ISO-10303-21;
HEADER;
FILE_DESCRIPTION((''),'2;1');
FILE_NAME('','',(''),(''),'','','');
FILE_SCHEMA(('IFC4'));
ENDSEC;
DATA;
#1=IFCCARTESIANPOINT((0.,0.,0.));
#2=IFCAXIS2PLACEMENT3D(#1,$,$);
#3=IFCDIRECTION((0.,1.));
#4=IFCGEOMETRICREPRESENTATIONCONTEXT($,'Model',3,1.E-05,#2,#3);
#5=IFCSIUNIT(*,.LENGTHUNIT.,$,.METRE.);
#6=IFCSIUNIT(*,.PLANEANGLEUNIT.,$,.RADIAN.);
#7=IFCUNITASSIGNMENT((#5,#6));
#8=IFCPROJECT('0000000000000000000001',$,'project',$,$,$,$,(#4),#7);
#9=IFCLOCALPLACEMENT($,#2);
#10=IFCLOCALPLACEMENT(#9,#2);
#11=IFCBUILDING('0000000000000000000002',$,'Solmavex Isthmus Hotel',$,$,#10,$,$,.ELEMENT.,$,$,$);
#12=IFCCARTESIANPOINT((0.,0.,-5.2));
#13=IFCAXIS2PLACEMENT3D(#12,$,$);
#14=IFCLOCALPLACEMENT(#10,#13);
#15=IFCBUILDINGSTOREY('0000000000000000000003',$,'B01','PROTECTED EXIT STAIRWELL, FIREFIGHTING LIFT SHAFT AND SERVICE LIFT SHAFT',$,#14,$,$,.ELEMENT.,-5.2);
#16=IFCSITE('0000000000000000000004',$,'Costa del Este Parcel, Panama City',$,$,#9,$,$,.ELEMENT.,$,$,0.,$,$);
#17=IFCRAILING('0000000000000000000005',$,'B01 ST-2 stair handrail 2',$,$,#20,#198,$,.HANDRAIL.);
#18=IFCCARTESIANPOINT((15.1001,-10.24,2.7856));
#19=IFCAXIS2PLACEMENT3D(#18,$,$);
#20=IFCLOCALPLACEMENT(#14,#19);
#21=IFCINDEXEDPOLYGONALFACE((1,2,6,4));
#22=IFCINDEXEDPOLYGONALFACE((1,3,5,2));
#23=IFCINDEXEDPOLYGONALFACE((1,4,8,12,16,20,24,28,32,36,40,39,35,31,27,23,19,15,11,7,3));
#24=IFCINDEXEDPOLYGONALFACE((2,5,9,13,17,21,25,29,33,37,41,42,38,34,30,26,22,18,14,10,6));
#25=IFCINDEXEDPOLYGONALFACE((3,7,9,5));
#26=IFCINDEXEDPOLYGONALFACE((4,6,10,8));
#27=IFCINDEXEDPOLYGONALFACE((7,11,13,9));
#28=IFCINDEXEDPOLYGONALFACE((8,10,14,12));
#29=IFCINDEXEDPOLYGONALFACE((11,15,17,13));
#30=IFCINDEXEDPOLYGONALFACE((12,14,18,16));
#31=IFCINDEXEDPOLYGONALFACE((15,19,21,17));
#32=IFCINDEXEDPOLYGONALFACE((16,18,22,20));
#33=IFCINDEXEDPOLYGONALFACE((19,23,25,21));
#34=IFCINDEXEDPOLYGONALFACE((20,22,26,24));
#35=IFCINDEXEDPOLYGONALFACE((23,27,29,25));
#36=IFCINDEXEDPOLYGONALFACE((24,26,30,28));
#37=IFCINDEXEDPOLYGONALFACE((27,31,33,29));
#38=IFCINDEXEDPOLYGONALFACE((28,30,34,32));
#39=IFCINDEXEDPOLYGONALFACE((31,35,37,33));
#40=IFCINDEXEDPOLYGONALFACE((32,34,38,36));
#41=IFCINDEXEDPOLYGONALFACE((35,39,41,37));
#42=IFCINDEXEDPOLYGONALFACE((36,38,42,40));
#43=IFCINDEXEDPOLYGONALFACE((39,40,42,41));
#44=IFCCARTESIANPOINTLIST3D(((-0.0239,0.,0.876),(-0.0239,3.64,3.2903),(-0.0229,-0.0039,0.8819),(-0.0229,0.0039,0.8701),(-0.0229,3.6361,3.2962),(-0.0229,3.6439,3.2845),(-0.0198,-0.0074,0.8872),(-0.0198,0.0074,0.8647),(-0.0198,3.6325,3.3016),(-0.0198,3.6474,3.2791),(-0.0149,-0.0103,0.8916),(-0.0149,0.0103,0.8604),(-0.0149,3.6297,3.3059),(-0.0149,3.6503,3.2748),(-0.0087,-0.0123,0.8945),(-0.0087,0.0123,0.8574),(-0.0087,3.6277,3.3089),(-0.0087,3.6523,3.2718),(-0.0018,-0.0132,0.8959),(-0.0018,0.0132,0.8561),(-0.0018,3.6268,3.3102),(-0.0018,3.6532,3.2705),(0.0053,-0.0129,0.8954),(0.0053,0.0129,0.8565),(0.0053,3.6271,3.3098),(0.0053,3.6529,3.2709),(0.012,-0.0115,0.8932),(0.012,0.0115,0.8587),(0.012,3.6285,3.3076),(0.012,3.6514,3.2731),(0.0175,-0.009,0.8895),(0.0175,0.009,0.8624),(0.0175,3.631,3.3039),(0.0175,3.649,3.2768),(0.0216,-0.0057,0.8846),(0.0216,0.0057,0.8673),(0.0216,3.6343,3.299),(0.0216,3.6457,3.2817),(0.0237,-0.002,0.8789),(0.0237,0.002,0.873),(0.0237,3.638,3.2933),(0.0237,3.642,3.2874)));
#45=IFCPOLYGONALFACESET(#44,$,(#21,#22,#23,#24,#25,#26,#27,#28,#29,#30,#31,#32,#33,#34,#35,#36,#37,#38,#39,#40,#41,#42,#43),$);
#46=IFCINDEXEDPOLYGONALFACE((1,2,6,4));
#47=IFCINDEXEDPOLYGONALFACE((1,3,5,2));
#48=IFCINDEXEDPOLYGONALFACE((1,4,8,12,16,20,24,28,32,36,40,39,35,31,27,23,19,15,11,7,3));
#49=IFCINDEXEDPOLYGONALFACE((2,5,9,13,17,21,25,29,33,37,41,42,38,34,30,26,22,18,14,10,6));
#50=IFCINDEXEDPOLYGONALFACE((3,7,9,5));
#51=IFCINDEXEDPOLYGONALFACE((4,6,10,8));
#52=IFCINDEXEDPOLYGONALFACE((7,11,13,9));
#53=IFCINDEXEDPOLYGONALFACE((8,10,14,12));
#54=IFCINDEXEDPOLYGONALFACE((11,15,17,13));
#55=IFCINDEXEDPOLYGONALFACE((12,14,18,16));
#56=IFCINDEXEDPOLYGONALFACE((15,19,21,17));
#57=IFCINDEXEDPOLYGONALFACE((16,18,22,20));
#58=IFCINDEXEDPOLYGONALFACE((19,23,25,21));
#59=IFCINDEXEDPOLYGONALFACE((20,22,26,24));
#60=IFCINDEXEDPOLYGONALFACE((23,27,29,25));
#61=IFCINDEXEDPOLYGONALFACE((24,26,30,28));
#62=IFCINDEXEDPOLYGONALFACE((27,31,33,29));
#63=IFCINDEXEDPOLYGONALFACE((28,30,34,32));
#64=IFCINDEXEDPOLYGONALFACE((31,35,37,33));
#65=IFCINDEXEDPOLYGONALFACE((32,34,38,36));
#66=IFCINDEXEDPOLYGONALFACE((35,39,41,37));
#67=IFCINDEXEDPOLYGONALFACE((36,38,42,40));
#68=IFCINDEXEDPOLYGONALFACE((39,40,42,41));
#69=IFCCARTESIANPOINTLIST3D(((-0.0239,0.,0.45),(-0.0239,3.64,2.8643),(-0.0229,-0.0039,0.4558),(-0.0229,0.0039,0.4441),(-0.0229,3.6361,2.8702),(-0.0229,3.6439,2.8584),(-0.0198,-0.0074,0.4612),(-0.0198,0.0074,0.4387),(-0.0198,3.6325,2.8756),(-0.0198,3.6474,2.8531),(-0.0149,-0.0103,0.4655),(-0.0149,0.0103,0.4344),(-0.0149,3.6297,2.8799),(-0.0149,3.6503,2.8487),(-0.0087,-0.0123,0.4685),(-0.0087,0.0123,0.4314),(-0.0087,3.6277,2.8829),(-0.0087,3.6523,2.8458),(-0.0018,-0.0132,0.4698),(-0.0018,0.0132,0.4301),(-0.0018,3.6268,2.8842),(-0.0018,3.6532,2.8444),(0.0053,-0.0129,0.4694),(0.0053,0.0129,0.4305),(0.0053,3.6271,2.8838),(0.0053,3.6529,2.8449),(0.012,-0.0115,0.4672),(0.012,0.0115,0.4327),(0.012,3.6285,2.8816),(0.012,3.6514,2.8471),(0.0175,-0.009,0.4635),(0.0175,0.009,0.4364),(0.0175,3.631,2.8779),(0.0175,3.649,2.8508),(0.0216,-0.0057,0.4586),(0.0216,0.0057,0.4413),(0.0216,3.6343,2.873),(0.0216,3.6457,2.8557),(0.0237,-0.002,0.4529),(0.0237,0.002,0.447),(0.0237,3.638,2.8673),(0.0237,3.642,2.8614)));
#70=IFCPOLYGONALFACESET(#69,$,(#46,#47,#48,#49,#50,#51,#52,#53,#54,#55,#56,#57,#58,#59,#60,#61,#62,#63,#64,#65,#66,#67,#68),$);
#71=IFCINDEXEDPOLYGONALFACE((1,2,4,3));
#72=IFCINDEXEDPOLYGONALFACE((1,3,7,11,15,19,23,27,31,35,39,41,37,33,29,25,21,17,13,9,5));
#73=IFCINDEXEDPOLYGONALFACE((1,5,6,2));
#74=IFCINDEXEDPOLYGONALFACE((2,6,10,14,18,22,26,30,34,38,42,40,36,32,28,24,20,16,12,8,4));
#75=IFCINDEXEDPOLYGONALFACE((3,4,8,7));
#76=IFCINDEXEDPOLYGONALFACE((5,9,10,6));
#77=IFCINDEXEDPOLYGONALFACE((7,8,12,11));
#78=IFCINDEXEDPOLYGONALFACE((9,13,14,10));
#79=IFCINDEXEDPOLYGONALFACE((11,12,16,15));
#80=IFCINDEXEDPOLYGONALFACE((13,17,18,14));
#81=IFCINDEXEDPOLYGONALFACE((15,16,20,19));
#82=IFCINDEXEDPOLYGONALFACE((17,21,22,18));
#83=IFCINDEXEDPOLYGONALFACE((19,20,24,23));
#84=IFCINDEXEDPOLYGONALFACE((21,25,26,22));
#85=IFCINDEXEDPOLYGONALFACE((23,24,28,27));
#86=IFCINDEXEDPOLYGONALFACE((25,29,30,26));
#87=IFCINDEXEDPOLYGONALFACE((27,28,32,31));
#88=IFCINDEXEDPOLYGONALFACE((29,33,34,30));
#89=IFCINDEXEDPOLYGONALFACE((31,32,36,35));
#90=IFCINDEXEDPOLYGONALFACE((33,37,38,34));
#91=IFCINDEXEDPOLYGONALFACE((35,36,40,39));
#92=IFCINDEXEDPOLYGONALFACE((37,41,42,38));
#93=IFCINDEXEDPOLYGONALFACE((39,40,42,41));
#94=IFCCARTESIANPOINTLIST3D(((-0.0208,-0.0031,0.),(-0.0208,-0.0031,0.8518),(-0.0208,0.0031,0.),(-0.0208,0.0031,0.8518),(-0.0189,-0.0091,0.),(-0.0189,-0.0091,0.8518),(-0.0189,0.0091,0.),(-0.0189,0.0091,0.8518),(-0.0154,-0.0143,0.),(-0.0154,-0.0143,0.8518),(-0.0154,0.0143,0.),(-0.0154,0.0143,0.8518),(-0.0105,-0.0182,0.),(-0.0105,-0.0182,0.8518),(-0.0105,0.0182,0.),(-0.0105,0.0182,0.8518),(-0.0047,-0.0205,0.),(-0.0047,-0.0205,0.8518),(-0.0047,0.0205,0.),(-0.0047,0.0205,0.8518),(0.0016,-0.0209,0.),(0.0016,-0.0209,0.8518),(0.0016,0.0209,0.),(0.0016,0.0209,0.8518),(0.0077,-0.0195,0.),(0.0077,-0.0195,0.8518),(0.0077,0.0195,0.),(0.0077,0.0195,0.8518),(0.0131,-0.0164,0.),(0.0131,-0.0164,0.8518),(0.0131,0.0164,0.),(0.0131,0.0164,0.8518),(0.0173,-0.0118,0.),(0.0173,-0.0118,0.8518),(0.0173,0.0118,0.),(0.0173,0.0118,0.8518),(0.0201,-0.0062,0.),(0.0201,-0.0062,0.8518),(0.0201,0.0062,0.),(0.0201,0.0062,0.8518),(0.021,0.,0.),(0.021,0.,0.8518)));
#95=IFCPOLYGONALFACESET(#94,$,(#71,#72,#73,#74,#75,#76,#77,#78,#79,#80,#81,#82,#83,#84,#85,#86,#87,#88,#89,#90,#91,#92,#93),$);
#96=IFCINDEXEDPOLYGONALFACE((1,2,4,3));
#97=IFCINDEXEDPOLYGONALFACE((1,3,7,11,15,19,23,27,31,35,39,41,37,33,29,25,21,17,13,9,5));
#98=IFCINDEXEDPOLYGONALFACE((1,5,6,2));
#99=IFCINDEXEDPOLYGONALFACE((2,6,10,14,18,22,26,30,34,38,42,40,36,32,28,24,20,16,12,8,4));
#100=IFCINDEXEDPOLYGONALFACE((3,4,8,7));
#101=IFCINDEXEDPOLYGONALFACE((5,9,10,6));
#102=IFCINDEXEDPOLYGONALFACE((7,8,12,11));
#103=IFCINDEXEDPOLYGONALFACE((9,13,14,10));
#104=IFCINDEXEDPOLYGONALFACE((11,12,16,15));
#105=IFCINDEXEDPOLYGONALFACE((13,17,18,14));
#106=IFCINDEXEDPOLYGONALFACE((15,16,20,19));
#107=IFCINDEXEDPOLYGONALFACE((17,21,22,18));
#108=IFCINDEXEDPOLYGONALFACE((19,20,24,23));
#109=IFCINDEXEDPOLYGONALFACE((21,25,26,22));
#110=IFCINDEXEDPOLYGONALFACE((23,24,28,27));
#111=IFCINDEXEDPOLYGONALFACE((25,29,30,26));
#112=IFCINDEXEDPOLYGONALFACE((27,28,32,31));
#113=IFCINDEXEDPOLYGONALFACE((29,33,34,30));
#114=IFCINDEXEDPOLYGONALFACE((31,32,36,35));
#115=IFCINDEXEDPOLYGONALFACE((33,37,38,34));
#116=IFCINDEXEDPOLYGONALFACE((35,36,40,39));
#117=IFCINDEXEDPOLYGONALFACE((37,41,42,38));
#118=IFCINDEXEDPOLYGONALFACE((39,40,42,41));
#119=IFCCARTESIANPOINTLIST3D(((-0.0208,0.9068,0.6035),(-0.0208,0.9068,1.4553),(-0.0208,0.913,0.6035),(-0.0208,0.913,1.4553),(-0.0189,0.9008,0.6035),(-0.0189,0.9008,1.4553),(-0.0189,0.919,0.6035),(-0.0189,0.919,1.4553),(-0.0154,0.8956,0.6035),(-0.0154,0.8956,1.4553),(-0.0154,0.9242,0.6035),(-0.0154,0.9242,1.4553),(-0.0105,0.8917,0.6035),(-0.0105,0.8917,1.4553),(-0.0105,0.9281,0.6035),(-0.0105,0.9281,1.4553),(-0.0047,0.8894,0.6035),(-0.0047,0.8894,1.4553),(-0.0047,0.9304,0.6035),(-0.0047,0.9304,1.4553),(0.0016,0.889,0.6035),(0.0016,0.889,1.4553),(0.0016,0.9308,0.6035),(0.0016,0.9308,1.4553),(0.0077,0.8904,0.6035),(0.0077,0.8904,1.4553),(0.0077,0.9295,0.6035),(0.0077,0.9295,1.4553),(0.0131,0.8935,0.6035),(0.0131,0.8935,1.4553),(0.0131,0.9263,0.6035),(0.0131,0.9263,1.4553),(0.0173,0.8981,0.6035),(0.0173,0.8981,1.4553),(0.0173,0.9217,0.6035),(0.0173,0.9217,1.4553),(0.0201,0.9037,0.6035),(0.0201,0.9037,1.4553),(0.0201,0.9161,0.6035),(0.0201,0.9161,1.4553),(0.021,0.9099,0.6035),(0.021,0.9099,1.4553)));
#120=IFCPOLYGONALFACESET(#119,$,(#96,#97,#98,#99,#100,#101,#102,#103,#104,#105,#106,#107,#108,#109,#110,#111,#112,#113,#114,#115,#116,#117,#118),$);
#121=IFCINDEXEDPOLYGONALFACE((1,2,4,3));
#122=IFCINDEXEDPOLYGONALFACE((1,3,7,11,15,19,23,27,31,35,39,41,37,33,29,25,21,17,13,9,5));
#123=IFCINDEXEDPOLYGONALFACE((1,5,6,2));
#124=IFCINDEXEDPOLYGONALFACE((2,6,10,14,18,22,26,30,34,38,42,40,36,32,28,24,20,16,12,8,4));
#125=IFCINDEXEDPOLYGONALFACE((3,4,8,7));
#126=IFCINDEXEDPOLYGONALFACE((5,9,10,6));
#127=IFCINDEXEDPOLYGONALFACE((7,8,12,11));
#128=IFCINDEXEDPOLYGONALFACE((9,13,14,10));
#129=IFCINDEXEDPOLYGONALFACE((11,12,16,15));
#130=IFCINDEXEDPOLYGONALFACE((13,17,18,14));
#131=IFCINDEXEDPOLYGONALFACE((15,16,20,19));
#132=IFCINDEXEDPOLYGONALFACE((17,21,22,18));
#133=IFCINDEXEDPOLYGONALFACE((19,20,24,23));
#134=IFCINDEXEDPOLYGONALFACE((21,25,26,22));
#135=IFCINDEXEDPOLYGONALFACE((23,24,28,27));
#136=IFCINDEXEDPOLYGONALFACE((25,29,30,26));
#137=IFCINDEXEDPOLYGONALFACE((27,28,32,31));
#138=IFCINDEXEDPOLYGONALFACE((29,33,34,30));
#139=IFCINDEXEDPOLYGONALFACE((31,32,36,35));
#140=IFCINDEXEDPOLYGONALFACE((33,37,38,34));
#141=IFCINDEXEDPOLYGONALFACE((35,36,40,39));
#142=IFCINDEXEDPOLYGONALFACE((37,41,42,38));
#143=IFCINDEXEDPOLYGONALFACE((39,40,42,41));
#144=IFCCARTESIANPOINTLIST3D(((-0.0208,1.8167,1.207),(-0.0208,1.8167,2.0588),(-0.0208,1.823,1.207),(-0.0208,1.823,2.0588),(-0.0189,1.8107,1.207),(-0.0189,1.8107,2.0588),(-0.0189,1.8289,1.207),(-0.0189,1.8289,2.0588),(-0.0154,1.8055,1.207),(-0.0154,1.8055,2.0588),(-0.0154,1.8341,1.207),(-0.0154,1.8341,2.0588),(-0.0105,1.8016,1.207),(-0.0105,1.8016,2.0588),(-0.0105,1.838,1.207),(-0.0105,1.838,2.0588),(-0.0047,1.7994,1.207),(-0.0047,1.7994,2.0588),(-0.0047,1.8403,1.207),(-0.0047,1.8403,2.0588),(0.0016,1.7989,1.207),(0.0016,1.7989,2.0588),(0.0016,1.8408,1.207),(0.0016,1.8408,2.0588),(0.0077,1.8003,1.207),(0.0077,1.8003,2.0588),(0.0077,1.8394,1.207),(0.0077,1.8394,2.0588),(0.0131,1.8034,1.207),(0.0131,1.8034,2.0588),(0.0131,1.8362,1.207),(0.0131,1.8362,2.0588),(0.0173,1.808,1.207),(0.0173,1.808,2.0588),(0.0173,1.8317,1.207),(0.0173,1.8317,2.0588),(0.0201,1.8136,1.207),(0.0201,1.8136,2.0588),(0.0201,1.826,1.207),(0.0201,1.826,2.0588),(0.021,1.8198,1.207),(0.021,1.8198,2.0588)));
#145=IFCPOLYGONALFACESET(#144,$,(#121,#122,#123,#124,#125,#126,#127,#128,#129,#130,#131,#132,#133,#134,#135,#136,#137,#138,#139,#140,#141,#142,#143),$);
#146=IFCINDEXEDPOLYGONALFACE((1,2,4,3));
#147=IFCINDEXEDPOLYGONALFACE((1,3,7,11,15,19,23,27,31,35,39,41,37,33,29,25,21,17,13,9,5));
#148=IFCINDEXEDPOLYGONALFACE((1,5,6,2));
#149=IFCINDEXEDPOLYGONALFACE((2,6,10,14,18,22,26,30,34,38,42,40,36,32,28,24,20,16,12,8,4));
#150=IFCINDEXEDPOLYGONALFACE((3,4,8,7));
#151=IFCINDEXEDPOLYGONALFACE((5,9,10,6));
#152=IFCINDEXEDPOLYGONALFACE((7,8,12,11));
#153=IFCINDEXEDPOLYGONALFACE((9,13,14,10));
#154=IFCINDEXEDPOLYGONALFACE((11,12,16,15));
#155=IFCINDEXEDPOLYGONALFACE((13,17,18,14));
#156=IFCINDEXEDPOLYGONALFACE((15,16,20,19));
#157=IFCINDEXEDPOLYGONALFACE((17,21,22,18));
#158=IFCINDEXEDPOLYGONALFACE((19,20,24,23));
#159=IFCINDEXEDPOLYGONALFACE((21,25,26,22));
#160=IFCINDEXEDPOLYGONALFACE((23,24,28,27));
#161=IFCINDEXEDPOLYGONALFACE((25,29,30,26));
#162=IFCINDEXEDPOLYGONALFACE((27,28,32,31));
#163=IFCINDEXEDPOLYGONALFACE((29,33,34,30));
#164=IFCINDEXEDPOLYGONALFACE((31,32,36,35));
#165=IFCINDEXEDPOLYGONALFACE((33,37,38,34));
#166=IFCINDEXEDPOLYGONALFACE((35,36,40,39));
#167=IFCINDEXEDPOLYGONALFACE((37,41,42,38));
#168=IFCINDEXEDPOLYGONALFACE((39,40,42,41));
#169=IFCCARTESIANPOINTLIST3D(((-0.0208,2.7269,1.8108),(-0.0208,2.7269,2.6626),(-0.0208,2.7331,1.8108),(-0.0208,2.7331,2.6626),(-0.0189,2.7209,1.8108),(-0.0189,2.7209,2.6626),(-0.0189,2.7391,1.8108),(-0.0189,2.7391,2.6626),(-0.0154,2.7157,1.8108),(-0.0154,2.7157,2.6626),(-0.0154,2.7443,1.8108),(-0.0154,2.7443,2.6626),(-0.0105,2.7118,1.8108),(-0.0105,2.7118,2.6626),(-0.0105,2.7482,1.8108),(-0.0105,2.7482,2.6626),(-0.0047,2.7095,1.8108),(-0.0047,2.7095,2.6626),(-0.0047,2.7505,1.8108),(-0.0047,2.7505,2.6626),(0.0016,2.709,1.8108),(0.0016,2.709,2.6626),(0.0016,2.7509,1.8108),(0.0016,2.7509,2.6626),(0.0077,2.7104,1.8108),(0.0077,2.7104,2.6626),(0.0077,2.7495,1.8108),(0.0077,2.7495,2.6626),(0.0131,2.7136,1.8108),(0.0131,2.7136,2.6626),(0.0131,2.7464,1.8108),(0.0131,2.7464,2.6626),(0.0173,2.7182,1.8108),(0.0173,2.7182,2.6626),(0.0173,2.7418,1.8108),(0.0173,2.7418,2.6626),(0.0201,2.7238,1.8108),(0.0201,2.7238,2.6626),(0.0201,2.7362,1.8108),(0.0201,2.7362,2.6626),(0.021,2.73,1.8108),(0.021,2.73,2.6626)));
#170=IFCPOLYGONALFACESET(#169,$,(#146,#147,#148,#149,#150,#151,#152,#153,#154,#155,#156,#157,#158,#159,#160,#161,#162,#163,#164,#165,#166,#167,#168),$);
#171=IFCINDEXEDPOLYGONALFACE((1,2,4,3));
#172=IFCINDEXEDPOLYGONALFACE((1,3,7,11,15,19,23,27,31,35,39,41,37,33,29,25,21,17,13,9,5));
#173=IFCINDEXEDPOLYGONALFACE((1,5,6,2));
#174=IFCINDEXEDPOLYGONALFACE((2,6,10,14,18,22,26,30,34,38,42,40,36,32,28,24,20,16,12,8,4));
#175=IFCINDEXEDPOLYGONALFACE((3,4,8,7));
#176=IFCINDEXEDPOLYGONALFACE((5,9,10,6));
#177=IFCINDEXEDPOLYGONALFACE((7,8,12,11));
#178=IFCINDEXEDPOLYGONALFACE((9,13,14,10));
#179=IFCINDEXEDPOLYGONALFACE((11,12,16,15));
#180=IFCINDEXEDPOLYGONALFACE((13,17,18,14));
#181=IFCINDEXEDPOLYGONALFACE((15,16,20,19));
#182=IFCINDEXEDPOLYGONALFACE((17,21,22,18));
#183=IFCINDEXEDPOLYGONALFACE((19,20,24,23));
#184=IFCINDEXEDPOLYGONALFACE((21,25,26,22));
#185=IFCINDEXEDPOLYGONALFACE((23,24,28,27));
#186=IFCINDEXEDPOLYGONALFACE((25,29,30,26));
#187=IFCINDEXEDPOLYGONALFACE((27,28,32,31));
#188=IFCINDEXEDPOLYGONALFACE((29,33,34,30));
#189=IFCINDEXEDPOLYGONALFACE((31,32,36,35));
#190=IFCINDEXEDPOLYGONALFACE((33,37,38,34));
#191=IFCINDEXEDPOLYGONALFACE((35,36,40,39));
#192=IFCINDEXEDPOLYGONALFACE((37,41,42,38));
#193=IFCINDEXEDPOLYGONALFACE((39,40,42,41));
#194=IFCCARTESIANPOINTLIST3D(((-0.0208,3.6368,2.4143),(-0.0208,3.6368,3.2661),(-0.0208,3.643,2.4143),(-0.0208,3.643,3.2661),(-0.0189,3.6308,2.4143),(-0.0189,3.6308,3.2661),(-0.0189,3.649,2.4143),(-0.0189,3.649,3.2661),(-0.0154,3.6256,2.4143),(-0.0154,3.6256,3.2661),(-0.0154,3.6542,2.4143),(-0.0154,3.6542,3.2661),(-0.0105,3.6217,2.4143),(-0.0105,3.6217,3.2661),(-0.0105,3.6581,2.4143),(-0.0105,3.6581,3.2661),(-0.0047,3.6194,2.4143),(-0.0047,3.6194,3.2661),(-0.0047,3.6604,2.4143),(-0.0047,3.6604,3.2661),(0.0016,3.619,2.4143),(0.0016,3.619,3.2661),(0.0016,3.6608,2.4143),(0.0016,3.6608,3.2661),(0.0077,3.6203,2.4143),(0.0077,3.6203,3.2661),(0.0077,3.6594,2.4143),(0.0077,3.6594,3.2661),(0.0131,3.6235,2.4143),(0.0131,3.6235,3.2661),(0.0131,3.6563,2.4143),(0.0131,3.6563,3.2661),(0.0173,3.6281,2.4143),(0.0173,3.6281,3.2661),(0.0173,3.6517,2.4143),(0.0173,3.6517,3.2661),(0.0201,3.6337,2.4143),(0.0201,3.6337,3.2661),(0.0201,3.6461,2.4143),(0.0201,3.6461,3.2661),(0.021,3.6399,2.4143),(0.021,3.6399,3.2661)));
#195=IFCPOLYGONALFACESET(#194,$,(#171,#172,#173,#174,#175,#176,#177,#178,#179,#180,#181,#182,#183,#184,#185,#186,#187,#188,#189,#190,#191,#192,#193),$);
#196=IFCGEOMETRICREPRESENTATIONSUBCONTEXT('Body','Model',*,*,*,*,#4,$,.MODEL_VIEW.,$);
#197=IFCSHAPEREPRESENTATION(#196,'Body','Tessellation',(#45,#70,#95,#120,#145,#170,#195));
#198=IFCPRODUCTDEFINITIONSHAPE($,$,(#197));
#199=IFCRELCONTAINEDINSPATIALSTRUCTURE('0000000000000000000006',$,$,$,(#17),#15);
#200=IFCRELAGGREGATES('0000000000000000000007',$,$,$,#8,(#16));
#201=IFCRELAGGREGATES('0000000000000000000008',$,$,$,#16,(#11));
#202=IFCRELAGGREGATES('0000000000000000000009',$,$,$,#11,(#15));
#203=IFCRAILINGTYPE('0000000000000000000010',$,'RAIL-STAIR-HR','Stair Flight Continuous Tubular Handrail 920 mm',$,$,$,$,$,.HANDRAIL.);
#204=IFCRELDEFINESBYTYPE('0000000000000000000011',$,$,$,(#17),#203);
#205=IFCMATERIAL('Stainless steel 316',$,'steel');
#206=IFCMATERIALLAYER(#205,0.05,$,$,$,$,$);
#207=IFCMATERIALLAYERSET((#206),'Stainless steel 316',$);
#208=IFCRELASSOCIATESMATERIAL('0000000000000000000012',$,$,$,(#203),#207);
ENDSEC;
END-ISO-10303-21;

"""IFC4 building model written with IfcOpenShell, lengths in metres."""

from ifc_helpers import new_model, si_unit, direction, frame, origin, origin_2d, place, context, subcontext, project, spatial, circle, extrude, material, layer, layer_set, type_object, element, save


model = new_model("IFC4")

# Units and contexts
model_context = context("Model", 3, precision=1e-05, world=origin(), true_north=direction((0.0, 1.0)))
body_context = subcontext(model_context, "Body", "Model", "MODEL_VIEW")
ifc_project = project(units=[si_unit("LENGTHUNIT", "METRE"), si_unit("PLANEANGLEUNIT", "RADIAN")], contexts=[model_context])

# Site, building, storey
site_placement = place(None, origin())
site = spatial("IfcSite", under=ifc_project, at=site_placement, Name="Costa del Este Parcel, Panama City", CompositionType="ELEMENT", RefElevation=0.0)
building_placement = place(site_placement, origin())
building = spatial("IfcBuilding", under=site, at=building_placement, Name="Solmavex Isthmus Hotel", CompositionType="ELEMENT")
storey_placement = place(building_placement, frame((0.0, 0.0, -5.2)))
storey = spatial("IfcBuildingStorey", under=building, at=storey_placement, Name="B01", Description="PROTECTED EXIT STAIRWELL, FIREFIGHTING LIFT SHAFT AND SERVICE LIFT SHAFT", CompositionType="ELEMENT", Elevation=-5.2)

# Shared definitions
ifc_material_1 = material(Name="Stainless steel 316", Category="steel")

# Railing
ifc_layer_1 = layer(ifc_material_1, 0.05)
ifc_layer_set_1 = layer_set([ifc_layer_1], Name="Stainless steel 316")
railing_type_1 = type_object("IfcRailingType", Name="RAIL-STAIR-HR", Description="Stair Flight Continuous Tubular Handrail 920 mm", PredefinedType="HANDRAIL", material=ifc_layer_set_1)
railing_1_placement = place(storey_placement, frame((15.1001, -10.24, 2.7856)))
element("IfcRailing", 1, at=railing_1_placement, inside=storey, type_object=railing_type_1, Name="B01 ST-2 stair handrail 2", PredefinedType="HANDRAIL", context=body_context, shape_type="SweptSolid", body=[
    extrude(circle(Radius=0.0239, at=origin_2d()), frame((0.0, 0.0, 0.876), z_axis=(0.0, 0.833347, 0.552751), x_axis=(-1.0, 0.0, 0.0)), (0.0, 0.0, 1.0), 4.3679),
    extrude(circle(Radius=0.0239, at=origin_2d()), frame((0.0, 0.0, 0.45), z_axis=(0.0, 0.833347, 0.552751), x_axis=(-1.0, 0.0, 0.0)), (0.0, 0.0, 1.0), 4.3679),
    extrude(circle(Radius=0.021, at=origin_2d()), origin(), (0.0, 0.0, 1.0), 0.8518),
    extrude(circle(Radius=0.021, at=origin_2d()), frame((0.0, 0.9099, 0.6035)), (0.0, 0.0, 1.0), 0.8518),
    extrude(circle(Radius=0.021, at=origin_2d()), frame((0.0, 1.8198, 1.207)), (0.0, 0.0, 1.0), 0.8518),
    extrude(circle(Radius=0.021, at=origin_2d()), frame((0.0, 2.73, 1.8108)), (0.0, 0.0, 1.0), 0.8518),
    extrude(circle(Radius=0.021, at=origin_2d()), frame((0.0, 3.6399, 2.4143)), (0.0, 0.0, 1.0), 0.8518),
])

save(model, "model.ifc")
